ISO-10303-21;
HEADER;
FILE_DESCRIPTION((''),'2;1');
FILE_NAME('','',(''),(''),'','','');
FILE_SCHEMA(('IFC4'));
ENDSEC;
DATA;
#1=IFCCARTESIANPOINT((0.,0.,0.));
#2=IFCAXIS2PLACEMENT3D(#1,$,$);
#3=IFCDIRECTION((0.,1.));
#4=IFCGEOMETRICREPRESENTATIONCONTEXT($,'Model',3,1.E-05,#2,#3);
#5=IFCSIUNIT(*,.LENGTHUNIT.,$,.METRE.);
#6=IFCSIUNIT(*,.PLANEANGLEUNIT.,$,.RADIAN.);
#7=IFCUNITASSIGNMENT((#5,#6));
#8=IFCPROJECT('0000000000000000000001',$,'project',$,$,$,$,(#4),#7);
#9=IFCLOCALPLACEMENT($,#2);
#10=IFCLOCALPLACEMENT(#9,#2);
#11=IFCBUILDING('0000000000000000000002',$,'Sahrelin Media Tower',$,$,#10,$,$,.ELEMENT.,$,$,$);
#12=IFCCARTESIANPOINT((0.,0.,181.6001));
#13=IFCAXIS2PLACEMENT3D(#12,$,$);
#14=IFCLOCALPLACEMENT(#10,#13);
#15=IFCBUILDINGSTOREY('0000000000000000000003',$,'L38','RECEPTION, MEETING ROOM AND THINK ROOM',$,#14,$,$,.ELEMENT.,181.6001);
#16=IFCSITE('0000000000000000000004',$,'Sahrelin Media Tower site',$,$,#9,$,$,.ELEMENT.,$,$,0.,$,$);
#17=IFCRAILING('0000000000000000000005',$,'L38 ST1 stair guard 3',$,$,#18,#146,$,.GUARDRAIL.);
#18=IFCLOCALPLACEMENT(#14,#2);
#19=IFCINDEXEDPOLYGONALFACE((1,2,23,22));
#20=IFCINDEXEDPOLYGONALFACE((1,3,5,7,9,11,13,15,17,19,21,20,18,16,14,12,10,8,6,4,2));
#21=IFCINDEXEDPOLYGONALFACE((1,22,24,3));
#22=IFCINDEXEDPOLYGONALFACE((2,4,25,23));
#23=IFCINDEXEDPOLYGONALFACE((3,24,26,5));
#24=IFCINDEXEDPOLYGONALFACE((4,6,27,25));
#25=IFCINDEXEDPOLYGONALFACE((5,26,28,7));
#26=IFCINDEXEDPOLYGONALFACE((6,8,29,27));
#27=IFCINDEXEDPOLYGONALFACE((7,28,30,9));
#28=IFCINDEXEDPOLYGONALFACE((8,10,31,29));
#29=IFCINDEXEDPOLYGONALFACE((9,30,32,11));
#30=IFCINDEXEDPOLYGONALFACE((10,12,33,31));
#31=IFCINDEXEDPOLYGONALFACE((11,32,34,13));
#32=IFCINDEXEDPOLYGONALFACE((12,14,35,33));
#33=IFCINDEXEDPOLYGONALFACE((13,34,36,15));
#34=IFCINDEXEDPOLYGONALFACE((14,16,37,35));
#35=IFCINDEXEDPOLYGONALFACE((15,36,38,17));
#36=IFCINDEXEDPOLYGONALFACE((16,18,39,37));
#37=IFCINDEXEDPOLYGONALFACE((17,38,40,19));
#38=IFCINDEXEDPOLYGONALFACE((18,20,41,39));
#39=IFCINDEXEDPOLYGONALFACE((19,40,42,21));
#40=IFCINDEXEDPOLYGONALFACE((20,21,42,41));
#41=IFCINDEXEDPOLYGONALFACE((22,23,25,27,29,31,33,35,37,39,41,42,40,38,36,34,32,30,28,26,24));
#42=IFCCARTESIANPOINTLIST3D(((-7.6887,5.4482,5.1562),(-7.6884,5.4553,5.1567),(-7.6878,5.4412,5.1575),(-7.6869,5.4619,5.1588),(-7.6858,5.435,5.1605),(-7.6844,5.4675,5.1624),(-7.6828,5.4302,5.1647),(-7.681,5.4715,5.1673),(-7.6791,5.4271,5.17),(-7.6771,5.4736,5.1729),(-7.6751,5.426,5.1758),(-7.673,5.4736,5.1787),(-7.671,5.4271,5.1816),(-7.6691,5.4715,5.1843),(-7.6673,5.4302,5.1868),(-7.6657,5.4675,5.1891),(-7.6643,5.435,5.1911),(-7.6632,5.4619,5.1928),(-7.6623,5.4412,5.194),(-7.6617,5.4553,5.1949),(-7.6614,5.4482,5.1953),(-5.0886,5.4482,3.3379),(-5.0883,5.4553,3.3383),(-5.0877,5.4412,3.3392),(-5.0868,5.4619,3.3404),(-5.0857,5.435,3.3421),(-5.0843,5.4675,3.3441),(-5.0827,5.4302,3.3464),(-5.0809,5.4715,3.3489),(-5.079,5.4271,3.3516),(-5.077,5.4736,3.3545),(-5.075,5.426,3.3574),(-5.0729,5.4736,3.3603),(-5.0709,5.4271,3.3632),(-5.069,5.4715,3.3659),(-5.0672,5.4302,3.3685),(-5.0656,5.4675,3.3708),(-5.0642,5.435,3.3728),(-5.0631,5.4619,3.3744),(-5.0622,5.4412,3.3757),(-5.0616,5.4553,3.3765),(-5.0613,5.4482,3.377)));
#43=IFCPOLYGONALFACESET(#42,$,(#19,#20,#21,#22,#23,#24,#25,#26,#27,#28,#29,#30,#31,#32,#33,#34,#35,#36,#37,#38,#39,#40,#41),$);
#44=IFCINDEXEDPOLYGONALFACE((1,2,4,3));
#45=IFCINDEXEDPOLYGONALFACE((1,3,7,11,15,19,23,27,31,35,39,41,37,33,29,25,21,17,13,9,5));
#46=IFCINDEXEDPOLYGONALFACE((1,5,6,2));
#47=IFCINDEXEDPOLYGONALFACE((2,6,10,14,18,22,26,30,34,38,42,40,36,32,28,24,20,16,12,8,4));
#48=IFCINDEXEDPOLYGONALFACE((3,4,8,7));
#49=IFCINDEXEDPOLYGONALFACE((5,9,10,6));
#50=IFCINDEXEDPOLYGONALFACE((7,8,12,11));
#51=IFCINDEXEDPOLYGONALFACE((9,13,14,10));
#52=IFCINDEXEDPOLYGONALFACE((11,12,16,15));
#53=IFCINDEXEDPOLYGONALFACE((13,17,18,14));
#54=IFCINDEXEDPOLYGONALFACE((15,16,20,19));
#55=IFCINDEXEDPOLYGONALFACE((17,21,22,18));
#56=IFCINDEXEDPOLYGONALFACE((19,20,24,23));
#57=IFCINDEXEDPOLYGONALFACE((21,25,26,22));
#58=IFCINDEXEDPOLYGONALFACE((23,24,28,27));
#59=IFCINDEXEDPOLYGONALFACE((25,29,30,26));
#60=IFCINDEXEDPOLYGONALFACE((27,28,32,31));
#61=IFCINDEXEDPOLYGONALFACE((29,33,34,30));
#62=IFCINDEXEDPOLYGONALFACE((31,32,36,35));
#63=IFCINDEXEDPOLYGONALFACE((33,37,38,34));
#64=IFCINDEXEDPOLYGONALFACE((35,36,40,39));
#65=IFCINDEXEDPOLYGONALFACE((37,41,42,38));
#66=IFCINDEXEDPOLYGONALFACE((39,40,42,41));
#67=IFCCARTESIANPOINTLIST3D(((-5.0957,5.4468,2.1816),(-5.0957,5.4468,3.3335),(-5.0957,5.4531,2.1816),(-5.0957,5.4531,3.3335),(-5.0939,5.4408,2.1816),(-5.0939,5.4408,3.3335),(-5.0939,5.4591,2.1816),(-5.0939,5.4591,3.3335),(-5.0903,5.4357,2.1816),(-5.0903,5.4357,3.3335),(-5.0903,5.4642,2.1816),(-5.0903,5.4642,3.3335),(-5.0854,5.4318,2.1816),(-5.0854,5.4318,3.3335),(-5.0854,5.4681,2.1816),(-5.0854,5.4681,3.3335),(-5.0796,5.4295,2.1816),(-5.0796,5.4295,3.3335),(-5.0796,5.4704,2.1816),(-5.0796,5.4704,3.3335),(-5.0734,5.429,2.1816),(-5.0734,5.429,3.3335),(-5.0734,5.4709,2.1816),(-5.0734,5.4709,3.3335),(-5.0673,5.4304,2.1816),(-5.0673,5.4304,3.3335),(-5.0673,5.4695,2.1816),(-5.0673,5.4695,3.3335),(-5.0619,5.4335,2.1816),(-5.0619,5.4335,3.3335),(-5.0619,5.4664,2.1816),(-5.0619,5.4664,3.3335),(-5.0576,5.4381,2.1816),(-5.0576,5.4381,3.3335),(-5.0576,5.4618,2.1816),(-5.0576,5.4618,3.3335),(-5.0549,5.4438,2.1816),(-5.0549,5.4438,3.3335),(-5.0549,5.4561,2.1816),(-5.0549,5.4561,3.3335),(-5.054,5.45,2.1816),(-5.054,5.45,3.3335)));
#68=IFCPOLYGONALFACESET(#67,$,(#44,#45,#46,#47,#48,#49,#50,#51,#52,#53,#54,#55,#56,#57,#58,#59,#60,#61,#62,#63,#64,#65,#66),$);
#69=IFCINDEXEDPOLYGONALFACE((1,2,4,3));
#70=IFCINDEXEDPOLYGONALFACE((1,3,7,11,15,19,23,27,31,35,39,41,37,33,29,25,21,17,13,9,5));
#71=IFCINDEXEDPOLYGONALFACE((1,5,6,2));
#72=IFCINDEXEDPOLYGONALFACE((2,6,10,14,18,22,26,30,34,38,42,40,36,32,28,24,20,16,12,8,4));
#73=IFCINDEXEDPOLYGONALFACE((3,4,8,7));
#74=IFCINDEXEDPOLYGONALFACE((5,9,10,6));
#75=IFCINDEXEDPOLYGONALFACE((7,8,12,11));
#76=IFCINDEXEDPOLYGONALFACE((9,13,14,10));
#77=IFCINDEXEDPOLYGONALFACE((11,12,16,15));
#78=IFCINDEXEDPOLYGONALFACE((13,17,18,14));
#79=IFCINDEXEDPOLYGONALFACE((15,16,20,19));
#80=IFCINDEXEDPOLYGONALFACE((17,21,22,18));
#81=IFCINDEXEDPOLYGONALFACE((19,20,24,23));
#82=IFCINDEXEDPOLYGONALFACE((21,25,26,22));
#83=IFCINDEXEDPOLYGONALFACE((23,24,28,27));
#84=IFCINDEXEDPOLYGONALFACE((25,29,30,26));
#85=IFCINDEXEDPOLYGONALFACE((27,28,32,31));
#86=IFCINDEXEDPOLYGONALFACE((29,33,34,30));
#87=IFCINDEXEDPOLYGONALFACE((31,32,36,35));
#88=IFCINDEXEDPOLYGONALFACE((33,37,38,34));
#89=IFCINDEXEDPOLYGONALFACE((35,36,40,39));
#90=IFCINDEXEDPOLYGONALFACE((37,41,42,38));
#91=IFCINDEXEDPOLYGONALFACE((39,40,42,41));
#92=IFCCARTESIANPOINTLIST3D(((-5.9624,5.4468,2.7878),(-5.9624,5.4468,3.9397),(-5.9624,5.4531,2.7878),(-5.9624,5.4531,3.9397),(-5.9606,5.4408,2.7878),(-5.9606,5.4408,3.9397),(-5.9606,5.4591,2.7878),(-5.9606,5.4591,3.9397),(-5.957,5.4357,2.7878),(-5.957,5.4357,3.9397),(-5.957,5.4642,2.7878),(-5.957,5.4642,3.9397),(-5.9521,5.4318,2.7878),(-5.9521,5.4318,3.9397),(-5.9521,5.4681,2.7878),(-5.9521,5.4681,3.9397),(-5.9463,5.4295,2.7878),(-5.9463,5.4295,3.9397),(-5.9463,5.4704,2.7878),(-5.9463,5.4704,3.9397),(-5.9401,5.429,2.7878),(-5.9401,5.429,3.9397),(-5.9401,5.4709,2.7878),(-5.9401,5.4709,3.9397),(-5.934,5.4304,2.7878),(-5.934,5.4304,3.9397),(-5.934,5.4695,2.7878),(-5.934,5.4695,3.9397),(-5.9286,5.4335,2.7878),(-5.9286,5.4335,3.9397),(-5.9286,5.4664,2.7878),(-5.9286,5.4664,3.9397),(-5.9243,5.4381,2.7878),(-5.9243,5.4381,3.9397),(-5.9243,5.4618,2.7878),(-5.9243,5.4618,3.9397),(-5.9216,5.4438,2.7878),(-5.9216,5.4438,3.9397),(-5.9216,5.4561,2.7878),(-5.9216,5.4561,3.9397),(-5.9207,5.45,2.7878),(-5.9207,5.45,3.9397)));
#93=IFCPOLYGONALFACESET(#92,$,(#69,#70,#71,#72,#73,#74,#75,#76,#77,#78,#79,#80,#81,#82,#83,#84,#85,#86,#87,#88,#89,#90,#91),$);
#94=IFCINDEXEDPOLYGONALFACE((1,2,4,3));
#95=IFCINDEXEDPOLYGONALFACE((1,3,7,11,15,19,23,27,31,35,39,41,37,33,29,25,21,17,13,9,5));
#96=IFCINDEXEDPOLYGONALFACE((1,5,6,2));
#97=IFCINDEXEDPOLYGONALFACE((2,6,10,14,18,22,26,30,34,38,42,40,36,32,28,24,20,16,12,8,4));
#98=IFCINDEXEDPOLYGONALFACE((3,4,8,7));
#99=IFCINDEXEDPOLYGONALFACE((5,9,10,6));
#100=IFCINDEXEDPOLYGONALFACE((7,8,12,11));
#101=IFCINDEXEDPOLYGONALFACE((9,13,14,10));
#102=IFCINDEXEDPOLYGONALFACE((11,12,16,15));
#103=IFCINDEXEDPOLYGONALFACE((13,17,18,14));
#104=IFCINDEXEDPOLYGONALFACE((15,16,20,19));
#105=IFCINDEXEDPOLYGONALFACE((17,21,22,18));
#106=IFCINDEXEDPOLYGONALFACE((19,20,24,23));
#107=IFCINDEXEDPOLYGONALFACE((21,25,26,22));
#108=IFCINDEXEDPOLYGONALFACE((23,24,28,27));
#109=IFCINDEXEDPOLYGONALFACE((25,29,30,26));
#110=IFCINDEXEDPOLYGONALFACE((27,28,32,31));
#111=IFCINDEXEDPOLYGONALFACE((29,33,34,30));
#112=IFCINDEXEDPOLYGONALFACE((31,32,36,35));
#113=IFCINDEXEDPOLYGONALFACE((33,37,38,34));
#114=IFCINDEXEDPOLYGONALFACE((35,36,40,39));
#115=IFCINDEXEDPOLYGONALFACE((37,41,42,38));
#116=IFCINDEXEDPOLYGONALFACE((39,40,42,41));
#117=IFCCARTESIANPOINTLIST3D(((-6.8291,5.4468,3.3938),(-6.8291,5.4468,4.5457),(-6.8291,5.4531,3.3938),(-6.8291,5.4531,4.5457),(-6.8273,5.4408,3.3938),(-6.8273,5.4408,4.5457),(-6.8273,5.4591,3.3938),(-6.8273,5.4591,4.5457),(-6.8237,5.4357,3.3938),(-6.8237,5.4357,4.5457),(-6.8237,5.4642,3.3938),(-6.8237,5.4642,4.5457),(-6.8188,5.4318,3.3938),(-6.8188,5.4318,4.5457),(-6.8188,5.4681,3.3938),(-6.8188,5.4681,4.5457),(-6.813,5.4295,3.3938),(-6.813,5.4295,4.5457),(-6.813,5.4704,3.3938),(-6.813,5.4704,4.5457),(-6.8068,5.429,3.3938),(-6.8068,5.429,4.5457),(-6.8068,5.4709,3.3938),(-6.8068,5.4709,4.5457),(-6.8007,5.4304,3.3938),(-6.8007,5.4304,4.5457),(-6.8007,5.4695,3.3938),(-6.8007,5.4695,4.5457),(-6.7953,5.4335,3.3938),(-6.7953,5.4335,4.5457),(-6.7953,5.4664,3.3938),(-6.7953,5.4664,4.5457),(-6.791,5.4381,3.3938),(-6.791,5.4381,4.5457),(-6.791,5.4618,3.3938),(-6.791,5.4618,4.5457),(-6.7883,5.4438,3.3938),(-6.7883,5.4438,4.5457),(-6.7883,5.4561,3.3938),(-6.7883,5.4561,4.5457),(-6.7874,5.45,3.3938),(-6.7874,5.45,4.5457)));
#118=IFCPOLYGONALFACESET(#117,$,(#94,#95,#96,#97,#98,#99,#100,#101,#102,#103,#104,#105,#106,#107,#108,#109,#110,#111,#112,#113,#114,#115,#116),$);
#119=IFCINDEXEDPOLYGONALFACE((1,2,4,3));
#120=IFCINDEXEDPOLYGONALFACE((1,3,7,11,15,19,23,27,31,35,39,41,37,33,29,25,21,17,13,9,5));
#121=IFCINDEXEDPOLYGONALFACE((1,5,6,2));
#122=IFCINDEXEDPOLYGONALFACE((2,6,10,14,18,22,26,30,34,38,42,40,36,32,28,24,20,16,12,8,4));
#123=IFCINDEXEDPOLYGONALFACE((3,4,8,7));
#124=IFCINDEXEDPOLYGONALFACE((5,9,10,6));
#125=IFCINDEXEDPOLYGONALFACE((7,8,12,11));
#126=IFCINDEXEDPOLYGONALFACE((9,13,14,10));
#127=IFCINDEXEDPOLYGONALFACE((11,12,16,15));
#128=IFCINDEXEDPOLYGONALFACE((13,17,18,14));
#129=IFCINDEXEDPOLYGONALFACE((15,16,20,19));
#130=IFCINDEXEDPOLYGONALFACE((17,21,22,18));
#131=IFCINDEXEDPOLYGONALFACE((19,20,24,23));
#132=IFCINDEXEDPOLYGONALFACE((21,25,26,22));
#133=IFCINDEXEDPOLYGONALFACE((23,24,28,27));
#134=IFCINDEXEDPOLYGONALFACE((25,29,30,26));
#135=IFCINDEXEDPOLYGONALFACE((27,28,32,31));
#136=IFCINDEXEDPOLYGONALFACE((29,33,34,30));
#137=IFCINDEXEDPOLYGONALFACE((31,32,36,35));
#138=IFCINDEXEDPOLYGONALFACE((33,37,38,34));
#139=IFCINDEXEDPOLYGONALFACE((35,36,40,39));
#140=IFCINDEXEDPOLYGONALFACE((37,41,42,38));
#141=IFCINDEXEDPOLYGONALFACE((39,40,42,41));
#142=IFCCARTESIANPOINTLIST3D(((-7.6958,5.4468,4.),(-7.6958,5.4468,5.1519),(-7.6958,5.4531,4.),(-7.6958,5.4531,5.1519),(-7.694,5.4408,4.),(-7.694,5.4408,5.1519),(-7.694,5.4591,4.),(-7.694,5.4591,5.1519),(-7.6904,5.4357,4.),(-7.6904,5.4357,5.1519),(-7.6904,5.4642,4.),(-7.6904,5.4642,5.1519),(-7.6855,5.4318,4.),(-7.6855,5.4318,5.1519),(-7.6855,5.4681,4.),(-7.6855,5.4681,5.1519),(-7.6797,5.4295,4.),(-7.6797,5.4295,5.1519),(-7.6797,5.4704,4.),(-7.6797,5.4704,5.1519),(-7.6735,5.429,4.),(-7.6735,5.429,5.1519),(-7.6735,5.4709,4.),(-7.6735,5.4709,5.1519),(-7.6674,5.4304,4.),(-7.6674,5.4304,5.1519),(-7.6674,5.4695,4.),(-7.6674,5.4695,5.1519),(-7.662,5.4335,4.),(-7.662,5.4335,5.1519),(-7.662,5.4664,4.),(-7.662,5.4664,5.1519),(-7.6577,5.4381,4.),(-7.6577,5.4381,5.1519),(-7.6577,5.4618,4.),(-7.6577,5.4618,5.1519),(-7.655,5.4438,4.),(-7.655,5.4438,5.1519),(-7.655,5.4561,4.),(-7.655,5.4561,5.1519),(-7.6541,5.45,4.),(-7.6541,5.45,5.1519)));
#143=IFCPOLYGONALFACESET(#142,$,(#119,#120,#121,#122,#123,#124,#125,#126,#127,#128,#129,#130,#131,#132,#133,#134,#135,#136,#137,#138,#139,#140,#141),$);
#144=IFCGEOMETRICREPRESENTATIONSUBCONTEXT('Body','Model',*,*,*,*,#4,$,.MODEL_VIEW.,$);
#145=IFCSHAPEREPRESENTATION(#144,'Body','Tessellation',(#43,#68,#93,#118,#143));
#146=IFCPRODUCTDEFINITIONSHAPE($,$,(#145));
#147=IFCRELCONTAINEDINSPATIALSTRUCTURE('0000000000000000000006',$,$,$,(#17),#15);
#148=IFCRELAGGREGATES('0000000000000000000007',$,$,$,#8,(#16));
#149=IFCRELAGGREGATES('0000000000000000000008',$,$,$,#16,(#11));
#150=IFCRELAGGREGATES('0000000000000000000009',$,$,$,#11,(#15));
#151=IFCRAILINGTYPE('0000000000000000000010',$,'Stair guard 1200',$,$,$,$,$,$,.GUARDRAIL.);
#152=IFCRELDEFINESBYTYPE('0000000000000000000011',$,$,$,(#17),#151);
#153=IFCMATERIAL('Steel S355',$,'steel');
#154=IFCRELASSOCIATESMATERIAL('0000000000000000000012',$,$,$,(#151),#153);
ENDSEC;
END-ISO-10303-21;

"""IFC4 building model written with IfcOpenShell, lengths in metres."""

from ifc_helpers import new_model, si_unit, direction, frame, origin, origin_2d, place, context, subcontext, project, spatial, circle, extrude, material, type_object, element, save


model = new_model("IFC4")

# Units and contexts
model_context = context("Model", 3, precision=1e-05, world=origin(), true_north=direction((0.0, 1.0)))
body_context = subcontext(model_context, "Body", "Model", "MODEL_VIEW")
ifc_project = project(units=[si_unit("LENGTHUNIT", "METRE"), si_unit("PLANEANGLEUNIT", "RADIAN")], contexts=[model_context])

# Site, building, storey
site_placement = place(None, origin())
site = spatial("IfcSite", under=ifc_project, at=site_placement, Name="Sahrelin Media Tower site", CompositionType="ELEMENT", RefElevation=0.0)
building_placement = place(site_placement, origin())
building = spatial("IfcBuilding", under=site, at=building_placement, Name="Sahrelin Media Tower", CompositionType="ELEMENT")
storey_placement = place(building_placement, frame((0.0, 0.0, 181.6001)))
storey = spatial("IfcBuildingStorey", under=building, at=storey_placement, Name="L38", Description="RECEPTION, MEETING ROOM AND THINK ROOM", CompositionType="ELEMENT", Elevation=181.6001)

# Shared definitions
ifc_material_1 = material(Name="Steel S355", Category="steel")

# Railing
railing_type_1 = type_object("IfcRailingType", Name="Stair guard 1200", PredefinedType="GUARDRAIL", material=ifc_material_1)
railing_1_placement = place(storey_placement, frame((-5.075, 5.45, 2.1816)))
element("IfcRailing", 1, at=railing_1_placement, inside=storey, type_object=railing_type_1, Name="L38 ST1 stair guard 3", PredefinedType="GUARDRAIL", context=body_context, shape_type="SweptSolid", body=[
    extrude(circle(Radius=0.0239, at=origin_2d()), frame((0.0, 0.0, 1.1758), z_axis=(-0.819485, 0.0, 0.573101), x_axis=(0.0, -1.0, 0.0)), (0.0, 0.0, 1.0), 3.1729),
    extrude(circle(Radius=0.021, at=origin_2d()), origin(), (0.0, 0.0, 1.0), 1.1519),
    extrude(circle(Radius=0.021, at=origin_2d()), frame((-0.8667, 0.0, 0.6062)), (0.0, 0.0, 1.0), 1.1519),
    extrude(circle(Radius=0.021, at=origin_2d()), frame((-1.7334, 0.0, 1.2122)), (0.0, 0.0, 1.0), 1.1519),
    extrude(circle(Radius=0.021, at=origin_2d()), frame((-2.6001, 0.0, 1.8184)), (0.0, 0.0, 1.0), 1.1519),
])

save(model, "model.ifc")
